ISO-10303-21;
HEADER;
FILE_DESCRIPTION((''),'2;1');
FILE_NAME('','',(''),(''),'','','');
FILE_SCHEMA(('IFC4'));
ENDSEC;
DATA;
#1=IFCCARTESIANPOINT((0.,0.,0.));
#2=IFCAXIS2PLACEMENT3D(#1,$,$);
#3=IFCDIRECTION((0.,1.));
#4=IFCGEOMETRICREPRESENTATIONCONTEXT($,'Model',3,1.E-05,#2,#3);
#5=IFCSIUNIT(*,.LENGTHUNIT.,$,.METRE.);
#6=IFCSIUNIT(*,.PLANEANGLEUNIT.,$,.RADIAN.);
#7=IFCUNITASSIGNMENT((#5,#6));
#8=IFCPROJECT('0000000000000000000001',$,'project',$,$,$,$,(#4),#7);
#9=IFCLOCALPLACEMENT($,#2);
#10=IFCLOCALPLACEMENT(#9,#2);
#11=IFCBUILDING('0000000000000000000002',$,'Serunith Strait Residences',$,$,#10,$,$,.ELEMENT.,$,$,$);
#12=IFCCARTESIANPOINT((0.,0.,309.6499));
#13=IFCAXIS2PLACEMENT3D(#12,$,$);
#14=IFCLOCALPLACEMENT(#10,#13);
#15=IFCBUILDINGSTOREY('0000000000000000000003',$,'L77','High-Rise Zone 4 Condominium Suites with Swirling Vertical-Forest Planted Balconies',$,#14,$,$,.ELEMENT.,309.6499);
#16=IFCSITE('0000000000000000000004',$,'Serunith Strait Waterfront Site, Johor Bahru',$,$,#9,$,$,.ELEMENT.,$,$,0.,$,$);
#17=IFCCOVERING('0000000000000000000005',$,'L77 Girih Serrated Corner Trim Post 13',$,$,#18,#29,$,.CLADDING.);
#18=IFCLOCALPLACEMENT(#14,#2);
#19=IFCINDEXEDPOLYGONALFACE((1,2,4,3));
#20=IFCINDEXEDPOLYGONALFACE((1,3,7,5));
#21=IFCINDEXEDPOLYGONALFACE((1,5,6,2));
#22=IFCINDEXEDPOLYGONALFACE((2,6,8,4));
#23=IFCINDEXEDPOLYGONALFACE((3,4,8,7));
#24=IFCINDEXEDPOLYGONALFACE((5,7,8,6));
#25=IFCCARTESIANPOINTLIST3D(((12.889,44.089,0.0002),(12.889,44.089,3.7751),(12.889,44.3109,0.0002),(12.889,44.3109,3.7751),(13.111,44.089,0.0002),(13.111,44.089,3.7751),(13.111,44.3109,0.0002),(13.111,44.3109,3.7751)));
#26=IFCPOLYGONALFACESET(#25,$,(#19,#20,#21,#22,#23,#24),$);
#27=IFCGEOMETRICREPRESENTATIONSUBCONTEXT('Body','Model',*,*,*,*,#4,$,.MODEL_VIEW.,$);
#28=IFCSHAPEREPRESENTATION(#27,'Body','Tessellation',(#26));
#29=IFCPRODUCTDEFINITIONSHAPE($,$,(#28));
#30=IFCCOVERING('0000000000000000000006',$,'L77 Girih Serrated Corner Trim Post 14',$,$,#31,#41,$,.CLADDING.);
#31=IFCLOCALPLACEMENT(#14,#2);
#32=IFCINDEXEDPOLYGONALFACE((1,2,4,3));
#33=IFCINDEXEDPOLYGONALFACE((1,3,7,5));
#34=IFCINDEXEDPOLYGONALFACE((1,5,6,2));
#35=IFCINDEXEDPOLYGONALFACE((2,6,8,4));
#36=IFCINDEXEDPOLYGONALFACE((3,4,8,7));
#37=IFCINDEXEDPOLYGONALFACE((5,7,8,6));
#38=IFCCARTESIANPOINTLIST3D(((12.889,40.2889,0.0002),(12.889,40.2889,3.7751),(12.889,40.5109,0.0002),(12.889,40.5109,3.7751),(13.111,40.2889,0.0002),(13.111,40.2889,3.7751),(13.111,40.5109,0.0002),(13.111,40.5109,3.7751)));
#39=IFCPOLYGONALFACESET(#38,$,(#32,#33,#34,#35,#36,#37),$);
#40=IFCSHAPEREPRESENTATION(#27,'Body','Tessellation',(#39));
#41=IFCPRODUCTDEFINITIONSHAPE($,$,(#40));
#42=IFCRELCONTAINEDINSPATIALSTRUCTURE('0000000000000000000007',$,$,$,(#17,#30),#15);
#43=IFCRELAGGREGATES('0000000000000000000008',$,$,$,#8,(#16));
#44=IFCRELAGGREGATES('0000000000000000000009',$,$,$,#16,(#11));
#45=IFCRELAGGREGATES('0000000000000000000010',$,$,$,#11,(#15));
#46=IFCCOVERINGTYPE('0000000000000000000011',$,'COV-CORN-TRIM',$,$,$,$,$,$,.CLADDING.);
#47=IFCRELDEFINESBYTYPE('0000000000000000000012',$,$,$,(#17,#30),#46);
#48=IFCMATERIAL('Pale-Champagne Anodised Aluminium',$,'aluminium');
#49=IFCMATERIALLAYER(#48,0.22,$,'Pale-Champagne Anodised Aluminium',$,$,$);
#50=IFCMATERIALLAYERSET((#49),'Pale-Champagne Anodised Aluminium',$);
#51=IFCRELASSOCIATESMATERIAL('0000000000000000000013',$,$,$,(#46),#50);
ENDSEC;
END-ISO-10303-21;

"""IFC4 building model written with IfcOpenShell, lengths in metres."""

from ifc_helpers import new_model, si_unit, direction, frame, origin, origin_2d, place, context, subcontext, project, spatial, rectangle, extrude, source, transform, mapped, material, layer, layer_set, type_object, element, save


model = new_model("IFC4")

# Units and contexts
model_context = context("Model", 3, precision=1e-05, world=origin(), true_north=direction((0.0, 1.0)))
body_context = subcontext(model_context, "Body", "Model", "MODEL_VIEW")
ifc_project = project(units=[si_unit("LENGTHUNIT", "METRE"), si_unit("PLANEANGLEUNIT", "RADIAN")], contexts=[model_context])

# Site, building, storey
site_placement = place(None, origin())
site = spatial("IfcSite", under=ifc_project, at=site_placement, Name="Serunith Strait Waterfront Site, Johor Bahru", CompositionType="ELEMENT", RefElevation=0.0)
building_placement = place(site_placement, origin())
building = spatial("IfcBuilding", under=site, at=building_placement, Name="Serunith Strait Residences", CompositionType="ELEMENT")
storey_placement = place(building_placement, frame((0.0, 0.0, 309.6499)))
storey = spatial("IfcBuildingStorey", under=building, at=storey_placement, Name="L77", Description="High-Rise Zone 4 Condominium Suites with Swirling Vertical-Forest Planted Balconies", CompositionType="ELEMENT", Elevation=309.6499)

# Coverings
ifc_material_1 = material(Name="Pale-Champagne Anodised Aluminium", Category="aluminium")
ifc_layer_1 = layer(ifc_material_1, 0.22, Name="Pale-Champagne Anodised Aluminium")
ifc_layer_set_1 = layer_set([ifc_layer_1], Name="Pale-Champagne Anodised Aluminium")
covering_type = type_object("IfcCoveringType", Name="COV-CORN-TRIM", PredefinedType="CLADDING", material=ifc_layer_set_1)
shared_shape_1 = source(origin(), body_context, "Body", "SweptSolid", [
    extrude(rectangle(XDim=0.2219, YDim=0.2219, at=origin_2d()), origin(), (0.0, 0.0, 1.0), 3.7749),
])
for number, where, z_axis, x_axis, name in (
    (1, (13.0, 44.2, 0.0002), (0.0, 0.0, 1.0), (1.0, 0.0, 0.0), "L77 Girih Serrated Corner Trim Post 13"),
    (2, (13.0, 40.3999, 0.0002), (0.0, 0.0, 1.0), (1.0, 0.0, 0.0), "L77 Girih Serrated Corner Trim Post 14"),
):
    element("IfcCovering", number, at=place(storey_placement, frame(where, z_axis=z_axis, x_axis=x_axis)), inside=storey, type_object=covering_type, Name=name, PredefinedType="CLADDING", context=body_context, shape_type="MappedRepresentation", body=[
        mapped(shared_shape_1, transform((0.0, 0.0, 0.0), scale=1.0)),
    ])

save(model, "model.ifc")
